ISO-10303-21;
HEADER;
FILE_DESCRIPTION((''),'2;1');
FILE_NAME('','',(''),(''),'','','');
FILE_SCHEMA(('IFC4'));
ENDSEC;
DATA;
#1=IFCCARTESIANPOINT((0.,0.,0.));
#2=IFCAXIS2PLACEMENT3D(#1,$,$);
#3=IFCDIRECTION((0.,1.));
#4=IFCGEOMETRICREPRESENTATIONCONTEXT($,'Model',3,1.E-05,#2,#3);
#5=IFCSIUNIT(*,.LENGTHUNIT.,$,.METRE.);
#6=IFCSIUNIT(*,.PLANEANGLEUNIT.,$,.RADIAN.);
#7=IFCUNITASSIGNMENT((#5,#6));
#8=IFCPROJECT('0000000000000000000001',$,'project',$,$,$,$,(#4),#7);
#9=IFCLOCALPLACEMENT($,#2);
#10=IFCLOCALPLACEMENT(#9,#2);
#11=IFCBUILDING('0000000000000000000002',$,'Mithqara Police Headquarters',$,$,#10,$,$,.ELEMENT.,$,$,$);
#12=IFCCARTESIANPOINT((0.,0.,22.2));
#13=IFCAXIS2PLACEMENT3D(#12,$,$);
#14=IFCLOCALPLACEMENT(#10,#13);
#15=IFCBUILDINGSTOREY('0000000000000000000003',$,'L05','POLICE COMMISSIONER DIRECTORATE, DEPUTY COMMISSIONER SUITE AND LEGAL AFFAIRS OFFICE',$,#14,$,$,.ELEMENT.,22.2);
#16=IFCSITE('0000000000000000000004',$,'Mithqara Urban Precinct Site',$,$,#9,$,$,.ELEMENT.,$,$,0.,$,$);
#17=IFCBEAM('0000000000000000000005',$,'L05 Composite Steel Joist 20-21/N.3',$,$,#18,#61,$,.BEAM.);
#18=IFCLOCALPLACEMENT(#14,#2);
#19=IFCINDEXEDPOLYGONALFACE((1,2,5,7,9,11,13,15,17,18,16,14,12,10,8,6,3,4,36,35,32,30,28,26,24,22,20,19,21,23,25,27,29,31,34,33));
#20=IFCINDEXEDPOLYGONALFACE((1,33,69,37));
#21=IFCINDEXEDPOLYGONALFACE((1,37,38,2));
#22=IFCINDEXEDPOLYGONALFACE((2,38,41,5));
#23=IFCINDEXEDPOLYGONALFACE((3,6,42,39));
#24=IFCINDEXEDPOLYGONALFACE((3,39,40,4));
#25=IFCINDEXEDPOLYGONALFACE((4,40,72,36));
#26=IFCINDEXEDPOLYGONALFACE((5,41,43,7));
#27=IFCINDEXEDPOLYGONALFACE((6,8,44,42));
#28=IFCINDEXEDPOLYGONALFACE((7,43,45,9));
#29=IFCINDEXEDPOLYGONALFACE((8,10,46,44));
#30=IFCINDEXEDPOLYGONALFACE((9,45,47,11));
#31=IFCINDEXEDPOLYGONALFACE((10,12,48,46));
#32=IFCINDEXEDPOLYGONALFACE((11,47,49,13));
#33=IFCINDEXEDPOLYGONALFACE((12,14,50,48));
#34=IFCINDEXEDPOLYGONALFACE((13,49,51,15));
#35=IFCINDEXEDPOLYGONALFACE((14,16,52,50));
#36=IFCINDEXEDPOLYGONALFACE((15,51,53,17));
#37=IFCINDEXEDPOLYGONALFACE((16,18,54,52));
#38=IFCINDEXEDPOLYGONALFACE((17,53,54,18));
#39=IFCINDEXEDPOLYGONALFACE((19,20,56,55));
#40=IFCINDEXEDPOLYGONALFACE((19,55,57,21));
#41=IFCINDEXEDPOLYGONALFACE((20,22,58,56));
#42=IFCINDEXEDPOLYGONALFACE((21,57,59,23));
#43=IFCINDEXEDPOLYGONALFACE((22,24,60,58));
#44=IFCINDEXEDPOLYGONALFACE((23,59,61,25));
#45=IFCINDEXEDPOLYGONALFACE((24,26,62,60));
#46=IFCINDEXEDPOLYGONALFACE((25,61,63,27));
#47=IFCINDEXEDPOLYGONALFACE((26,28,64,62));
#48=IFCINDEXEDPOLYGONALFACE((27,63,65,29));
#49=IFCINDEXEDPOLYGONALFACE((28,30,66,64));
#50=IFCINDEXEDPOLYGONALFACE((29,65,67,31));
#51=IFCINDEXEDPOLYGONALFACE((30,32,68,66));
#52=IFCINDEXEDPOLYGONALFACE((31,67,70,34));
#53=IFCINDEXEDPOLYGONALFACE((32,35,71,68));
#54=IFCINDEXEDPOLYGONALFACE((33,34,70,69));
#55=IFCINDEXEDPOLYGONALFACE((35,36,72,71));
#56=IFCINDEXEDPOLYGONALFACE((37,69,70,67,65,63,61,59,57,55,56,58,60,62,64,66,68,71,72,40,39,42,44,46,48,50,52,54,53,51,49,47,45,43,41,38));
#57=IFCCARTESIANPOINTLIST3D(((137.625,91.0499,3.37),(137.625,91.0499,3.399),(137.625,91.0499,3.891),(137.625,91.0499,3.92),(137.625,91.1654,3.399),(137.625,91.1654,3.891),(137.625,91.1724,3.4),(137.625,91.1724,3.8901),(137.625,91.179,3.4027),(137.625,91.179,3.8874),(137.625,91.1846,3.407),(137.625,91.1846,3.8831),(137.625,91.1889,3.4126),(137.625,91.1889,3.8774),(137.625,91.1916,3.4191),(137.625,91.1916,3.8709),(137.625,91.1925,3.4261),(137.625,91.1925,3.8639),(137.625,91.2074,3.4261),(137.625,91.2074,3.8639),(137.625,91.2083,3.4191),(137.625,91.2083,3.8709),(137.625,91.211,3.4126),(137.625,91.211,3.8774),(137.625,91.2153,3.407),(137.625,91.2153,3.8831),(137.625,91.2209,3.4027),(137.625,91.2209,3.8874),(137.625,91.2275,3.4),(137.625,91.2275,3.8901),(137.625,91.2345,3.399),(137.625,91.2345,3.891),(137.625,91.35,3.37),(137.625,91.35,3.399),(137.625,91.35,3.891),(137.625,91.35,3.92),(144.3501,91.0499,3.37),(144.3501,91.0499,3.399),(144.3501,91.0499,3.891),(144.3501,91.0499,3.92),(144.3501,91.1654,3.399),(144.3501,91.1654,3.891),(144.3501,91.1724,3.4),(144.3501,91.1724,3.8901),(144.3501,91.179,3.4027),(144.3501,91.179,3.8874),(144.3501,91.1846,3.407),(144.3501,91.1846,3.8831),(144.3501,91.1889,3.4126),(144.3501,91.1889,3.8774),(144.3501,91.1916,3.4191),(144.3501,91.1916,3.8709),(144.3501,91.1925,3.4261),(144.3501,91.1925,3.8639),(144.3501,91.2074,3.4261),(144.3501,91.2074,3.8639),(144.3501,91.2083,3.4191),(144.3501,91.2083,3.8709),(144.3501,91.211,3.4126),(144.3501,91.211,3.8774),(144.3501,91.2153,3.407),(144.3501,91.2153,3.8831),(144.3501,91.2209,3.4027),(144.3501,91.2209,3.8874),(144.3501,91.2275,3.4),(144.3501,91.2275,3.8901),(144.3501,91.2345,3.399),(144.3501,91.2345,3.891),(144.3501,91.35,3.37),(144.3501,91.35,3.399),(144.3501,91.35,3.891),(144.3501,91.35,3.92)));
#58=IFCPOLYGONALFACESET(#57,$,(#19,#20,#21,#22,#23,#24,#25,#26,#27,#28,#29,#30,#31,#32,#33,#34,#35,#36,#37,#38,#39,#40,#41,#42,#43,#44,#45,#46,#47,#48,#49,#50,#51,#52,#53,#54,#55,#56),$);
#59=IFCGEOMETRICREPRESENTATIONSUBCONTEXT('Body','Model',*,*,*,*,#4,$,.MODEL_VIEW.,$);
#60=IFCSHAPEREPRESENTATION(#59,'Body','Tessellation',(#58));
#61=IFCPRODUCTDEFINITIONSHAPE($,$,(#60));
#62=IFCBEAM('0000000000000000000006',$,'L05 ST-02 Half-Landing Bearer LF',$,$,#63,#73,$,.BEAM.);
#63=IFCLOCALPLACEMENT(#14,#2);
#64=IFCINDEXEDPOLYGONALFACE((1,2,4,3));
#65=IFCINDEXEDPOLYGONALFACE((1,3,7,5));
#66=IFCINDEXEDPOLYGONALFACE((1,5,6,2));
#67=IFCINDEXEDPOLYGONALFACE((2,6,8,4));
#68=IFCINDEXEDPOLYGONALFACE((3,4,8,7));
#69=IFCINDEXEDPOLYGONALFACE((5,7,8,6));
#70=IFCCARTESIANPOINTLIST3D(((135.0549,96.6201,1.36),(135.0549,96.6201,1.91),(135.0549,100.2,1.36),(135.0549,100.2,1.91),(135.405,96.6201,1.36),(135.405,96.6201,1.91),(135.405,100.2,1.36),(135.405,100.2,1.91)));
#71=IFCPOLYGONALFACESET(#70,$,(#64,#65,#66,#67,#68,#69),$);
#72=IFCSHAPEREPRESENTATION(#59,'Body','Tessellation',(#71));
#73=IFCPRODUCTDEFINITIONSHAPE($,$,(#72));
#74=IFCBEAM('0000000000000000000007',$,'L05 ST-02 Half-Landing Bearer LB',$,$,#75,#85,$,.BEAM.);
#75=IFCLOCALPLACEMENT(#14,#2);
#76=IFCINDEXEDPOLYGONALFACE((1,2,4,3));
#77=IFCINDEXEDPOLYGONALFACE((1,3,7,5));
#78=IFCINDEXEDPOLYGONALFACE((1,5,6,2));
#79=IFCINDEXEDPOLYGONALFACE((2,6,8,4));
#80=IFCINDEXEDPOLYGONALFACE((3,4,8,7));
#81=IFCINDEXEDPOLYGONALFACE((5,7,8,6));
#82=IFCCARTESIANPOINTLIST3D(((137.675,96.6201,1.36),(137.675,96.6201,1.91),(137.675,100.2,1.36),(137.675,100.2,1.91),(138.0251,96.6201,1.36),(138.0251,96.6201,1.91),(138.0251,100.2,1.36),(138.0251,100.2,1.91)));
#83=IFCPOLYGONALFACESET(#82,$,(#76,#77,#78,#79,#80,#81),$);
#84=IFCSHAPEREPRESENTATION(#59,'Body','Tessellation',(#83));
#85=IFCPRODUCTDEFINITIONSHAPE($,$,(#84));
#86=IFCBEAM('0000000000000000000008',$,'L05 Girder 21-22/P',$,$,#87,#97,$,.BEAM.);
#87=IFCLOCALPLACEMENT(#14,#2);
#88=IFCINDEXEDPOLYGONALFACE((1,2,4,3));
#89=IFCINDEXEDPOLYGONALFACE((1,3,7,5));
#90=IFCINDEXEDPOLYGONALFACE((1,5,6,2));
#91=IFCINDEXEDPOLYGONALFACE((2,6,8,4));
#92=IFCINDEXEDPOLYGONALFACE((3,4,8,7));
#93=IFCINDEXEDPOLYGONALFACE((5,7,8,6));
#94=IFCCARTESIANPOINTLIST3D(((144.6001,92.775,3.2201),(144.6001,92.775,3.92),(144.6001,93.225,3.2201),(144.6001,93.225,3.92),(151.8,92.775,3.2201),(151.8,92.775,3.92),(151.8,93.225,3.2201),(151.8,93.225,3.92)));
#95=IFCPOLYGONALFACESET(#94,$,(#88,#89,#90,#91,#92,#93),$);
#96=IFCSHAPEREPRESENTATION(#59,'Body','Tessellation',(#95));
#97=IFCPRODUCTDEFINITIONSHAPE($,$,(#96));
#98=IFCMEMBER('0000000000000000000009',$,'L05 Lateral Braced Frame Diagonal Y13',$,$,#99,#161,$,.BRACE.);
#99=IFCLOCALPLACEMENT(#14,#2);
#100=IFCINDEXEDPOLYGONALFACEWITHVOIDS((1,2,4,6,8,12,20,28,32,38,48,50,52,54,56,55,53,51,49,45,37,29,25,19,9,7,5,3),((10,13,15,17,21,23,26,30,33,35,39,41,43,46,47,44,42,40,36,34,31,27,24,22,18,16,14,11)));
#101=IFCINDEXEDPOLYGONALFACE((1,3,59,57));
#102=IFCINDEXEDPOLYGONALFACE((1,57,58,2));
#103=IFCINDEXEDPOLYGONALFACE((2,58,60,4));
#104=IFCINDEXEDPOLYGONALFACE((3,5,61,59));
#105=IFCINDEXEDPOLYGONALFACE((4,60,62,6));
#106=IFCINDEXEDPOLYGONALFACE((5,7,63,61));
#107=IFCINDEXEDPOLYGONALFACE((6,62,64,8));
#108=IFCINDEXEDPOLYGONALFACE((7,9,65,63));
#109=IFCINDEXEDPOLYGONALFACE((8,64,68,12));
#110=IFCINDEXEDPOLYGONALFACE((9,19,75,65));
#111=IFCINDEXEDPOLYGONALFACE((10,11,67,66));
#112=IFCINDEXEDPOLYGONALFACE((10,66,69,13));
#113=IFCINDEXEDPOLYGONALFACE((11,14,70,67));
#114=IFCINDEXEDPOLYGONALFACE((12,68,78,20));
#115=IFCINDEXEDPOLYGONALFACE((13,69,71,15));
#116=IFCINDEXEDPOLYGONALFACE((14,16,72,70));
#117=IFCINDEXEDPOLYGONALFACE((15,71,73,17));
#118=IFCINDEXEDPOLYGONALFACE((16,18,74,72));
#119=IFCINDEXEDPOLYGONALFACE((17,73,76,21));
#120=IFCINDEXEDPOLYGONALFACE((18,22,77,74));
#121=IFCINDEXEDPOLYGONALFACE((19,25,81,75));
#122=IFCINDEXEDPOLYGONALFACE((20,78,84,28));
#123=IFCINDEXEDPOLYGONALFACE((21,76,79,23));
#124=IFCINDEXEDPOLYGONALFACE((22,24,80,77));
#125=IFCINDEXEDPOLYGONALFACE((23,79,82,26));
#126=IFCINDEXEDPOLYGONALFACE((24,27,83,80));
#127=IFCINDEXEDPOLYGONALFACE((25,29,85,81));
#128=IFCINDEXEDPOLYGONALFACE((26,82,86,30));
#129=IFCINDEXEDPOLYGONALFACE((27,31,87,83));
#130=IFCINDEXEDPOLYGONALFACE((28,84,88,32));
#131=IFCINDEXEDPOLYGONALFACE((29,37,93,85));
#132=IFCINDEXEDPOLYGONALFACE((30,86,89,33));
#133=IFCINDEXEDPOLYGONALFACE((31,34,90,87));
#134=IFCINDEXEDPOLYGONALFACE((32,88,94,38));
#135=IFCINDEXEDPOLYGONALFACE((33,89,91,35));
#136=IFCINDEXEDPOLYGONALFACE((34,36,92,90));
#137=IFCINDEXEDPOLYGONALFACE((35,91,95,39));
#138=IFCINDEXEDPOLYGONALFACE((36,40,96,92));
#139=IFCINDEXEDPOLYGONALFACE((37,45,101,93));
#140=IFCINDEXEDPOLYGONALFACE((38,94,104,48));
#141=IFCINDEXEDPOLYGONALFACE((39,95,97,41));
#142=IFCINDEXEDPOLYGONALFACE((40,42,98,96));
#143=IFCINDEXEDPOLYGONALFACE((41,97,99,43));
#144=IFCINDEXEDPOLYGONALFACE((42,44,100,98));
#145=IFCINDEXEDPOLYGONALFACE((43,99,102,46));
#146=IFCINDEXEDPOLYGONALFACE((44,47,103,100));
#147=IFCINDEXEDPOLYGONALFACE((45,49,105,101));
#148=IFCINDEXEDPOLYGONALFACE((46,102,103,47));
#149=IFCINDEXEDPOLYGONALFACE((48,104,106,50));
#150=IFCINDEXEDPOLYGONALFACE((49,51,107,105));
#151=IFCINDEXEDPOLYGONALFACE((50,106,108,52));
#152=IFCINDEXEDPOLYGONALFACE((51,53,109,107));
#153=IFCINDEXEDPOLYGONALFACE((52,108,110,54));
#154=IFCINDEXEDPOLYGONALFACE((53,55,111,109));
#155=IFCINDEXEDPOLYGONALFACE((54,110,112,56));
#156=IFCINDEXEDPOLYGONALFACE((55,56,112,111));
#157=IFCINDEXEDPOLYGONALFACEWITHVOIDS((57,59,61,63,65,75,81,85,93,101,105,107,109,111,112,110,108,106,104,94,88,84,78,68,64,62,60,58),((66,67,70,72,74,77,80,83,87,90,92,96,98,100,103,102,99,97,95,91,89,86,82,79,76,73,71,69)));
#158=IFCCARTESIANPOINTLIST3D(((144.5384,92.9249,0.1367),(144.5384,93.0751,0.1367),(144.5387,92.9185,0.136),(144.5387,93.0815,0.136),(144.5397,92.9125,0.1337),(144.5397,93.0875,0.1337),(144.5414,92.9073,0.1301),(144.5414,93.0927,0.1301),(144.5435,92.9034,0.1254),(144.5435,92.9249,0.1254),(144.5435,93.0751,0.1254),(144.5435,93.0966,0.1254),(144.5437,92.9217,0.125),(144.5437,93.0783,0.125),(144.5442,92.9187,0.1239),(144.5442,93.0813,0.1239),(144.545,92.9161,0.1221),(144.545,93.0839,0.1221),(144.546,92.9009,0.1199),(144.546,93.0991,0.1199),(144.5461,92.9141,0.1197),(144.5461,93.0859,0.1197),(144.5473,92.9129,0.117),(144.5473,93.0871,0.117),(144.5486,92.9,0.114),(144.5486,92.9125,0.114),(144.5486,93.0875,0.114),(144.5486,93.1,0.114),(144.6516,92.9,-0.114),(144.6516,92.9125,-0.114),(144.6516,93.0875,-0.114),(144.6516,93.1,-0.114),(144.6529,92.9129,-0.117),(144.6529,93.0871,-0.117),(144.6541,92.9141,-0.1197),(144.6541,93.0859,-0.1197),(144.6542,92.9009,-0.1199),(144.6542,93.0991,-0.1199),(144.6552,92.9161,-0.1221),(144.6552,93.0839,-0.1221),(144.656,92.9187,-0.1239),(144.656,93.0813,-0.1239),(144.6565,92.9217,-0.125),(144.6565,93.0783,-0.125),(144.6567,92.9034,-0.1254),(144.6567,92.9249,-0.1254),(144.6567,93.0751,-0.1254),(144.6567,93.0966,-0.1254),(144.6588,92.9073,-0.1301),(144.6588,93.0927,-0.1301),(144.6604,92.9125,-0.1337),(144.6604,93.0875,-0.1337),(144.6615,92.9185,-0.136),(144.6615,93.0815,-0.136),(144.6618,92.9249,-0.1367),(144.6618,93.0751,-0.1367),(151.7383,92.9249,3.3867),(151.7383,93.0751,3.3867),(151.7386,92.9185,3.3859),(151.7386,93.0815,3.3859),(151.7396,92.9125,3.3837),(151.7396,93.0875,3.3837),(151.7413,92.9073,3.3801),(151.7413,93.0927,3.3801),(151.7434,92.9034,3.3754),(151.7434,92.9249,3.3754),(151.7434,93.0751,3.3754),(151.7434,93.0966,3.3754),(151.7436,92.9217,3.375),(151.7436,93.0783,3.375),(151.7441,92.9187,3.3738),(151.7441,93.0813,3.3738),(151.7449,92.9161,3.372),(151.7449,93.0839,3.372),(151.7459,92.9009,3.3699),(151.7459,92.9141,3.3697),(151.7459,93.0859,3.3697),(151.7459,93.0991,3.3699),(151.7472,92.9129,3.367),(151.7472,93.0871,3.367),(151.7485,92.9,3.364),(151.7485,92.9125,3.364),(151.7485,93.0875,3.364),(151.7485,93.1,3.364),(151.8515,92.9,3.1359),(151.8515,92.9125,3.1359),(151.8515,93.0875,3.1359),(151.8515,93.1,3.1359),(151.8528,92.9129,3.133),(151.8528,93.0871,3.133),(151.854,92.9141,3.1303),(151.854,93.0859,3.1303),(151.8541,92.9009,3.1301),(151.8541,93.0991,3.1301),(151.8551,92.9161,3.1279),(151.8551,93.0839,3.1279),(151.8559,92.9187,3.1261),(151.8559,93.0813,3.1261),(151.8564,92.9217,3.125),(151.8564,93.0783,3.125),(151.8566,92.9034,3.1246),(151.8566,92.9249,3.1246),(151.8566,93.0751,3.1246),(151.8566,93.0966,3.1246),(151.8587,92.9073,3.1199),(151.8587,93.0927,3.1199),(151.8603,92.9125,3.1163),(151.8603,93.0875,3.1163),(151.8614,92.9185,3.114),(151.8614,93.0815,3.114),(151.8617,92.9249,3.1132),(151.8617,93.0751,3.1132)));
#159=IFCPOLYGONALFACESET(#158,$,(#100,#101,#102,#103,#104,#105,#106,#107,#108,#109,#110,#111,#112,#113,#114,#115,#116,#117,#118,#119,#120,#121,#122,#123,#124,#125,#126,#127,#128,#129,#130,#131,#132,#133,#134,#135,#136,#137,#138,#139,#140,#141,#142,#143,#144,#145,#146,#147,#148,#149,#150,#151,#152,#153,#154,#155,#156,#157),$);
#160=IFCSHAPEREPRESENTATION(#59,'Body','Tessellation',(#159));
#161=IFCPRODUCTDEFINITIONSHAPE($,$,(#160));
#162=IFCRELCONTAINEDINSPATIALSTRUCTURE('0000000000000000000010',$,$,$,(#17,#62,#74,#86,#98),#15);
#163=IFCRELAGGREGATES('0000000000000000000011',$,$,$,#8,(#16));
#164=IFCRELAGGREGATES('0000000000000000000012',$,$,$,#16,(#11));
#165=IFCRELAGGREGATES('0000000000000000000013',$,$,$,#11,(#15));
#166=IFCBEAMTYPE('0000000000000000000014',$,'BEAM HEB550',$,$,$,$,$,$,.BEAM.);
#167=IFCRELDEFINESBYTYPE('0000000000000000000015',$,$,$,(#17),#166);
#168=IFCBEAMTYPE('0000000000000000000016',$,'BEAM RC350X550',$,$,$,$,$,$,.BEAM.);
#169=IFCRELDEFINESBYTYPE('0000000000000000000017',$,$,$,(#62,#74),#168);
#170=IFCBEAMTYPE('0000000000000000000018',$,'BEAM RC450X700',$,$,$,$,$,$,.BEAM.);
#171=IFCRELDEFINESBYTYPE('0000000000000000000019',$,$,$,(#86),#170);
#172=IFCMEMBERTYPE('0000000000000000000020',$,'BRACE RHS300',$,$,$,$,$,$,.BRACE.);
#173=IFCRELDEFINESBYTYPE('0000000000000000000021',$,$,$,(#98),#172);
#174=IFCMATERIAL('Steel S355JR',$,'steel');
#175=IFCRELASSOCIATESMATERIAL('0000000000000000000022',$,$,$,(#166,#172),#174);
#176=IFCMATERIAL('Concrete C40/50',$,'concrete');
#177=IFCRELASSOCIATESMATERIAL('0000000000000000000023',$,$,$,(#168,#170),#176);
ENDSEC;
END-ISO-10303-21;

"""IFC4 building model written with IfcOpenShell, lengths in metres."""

from ifc_helpers import new_model, si_unit, direction, frame, origin, origin_2d, place, context, subcontext, project, spatial, rectangle, hollow_rectangle, i_section, extrude, material, material_profile, profile_set, type_object, element, save


model = new_model("IFC4")

# Units and contexts
model_context = context("Model", 3, precision=1e-05, world=origin(), true_north=direction((0.0, 1.0)))
body_context = subcontext(model_context, "Body", "Model", "MODEL_VIEW")
ifc_project = project(units=[si_unit("LENGTHUNIT", "METRE"), si_unit("PLANEANGLEUNIT", "RADIAN")], contexts=[model_context])

# Site, building, storey
site_placement = place(None, origin())
site = spatial("IfcSite", under=ifc_project, at=site_placement, Name="Mithqara Urban Precinct Site", CompositionType="ELEMENT", RefElevation=0.0)
building_placement = place(site_placement, origin())
building = spatial("IfcBuilding", under=site, at=building_placement, Name="Mithqara Police Headquarters", CompositionType="ELEMENT")
storey_placement = place(building_placement, frame((0.0, 0.0, 22.2)))
storey = spatial("IfcBuildingStorey", under=building, at=storey_placement, Name="L05", Description="POLICE COMMISSIONER DIRECTORATE, DEPUTY COMMISSIONER SUITE AND LEGAL AFFAIRS OFFICE", CompositionType="ELEMENT", Elevation=22.2)

# Beams
ifc_material_1 = material(Name="Steel S355JR", Category="steel")
ifc_material_profile_1 = material_profile(ifc_material_1, i_section(OverallWidth=0.3, OverallDepth=0.55, WebThickness=0.0149, FlangeThickness=0.0291, FilletRadius=0.0271, at=origin_2d()), Name="HEB 550")
ifc_profile_set_1 = profile_set([ifc_material_profile_1], Name="Steel S355JR")
beam_type_1 = type_object("IfcBeamType", Name="BEAM HEB550", PredefinedType="BEAM", material=ifc_profile_set_1)
for number, where, z_axis, x_axis, name in (
    (1, (137.625, 91.2, 3.645), (1.0, 0.0, 0.0), (0.0, 1.0, 0.0), "L05 Composite Steel Joist 20-21/N.3"),
):
    element("IfcBeam", number, at=place(storey_placement, frame(where, z_axis=z_axis, x_axis=x_axis)), inside=storey, type_object=beam_type_1, Name=name, PredefinedType="BEAM", context=body_context, shape_type="SweptSolid", body=[
        extrude(i_section(OverallWidth=0.3, OverallDepth=0.55, WebThickness=0.0149, FlangeThickness=0.0291, FilletRadius=0.0271, at=origin_2d()), origin(), (0.0, 0.0, 1.0), 6.7251),
    ])
ifc_material_2 = material(Name="Concrete C40/50", Category="concrete")
ifc_material_profile_2 = material_profile(ifc_material_2, rectangle(XDim=0.3501, YDim=0.55, at=origin_2d()), Name="RC 350x550")
ifc_profile_set_2 = profile_set([ifc_material_profile_2], Name="Concrete C40/50")
beam_type_2 = type_object("IfcBeamType", Name="BEAM RC350X550", PredefinedType="BEAM", material=ifc_profile_set_2)
for number, where, z_axis, x_axis, name in (
    (2, (135.23, 96.6201, 1.635), (0.0, 1.0, 0.0), (-1.0, 0.0, 0.0), "L05 ST-02 Half-Landing Bearer LF"),
    (3, (137.8501, 96.6201, 1.635), (0.0, 1.0, 0.0), (-1.0, 0.0, 0.0), "L05 ST-02 Half-Landing Bearer LB"),
):
    element("IfcBeam", number, at=place(storey_placement, frame(where, z_axis=z_axis, x_axis=x_axis)), inside=storey, type_object=beam_type_2, Name=name, PredefinedType="BEAM", context=body_context, shape_type="SweptSolid", body=[
        extrude(rectangle(XDim=0.3501, YDim=0.55, at=origin_2d()), origin(), (0.0, 0.0, 1.0), 3.5798),
    ])
ifc_material_profile_3 = material_profile(ifc_material_2, rectangle(XDim=0.45, YDim=0.7, at=origin_2d()), Name="RC 450x700")
ifc_profile_set_3 = profile_set([ifc_material_profile_3], Name="Concrete C40/50")
beam_type_3 = type_object("IfcBeamType", Name="BEAM RC450X700", PredefinedType="BEAM", material=ifc_profile_set_3)
beam_1_placement = place(storey_placement, frame((144.6001, 93.0, 3.5701), z_axis=(1.0, 0.0, 0.0), x_axis=(0.0, 1.0, 0.0)))
element("IfcBeam", 4, at=beam_1_placement, inside=storey, type_object=beam_type_3, Name="L05 Girder 21-22/P", PredefinedType="BEAM", context=body_context, shape_type="SweptSolid", body=[
    extrude(rectangle(XDim=0.45, YDim=0.7, at=origin_2d()), origin(), (0.0, 0.0, 1.0), 7.2),
])

# Member
ifc_material_profile_4 = material_profile(ifc_material_1, hollow_rectangle(XDim=0.2, YDim=0.3, WallThickness=0.0125, InnerFilletRadius=0.0125, OuterFilletRadius=0.0249, at=origin_2d()), Name="RHS 300x200x12.5")
ifc_profile_set_4 = profile_set([ifc_material_profile_4], Name="Steel S355JR")
member_type = type_object("IfcMemberType", Name="BRACE RHS300", PredefinedType="BRACE", material=ifc_profile_set_4)
member_placement = place(storey_placement, frame((144.6001, 93.0, 0.0), z_axis=(0.911446, 0.0, 0.411419), x_axis=(0.0, 1.0, 0.0)))
element("IfcMember", 5, at=member_placement, inside=storey, type_object=member_type, Name="L05 Lateral Braced Frame Diagonal Y13", PredefinedType="BRACE", context=body_context, shape_type="SweptSolid", body=[
    extrude(hollow_rectangle(XDim=0.2, YDim=0.3, WallThickness=0.0125, InnerFilletRadius=0.0125, OuterFilletRadius=0.0249, at=origin_2d()), origin(), (0.0, 0.0, 1.0), 7.8994),
])

save(model, "model.ifc")
